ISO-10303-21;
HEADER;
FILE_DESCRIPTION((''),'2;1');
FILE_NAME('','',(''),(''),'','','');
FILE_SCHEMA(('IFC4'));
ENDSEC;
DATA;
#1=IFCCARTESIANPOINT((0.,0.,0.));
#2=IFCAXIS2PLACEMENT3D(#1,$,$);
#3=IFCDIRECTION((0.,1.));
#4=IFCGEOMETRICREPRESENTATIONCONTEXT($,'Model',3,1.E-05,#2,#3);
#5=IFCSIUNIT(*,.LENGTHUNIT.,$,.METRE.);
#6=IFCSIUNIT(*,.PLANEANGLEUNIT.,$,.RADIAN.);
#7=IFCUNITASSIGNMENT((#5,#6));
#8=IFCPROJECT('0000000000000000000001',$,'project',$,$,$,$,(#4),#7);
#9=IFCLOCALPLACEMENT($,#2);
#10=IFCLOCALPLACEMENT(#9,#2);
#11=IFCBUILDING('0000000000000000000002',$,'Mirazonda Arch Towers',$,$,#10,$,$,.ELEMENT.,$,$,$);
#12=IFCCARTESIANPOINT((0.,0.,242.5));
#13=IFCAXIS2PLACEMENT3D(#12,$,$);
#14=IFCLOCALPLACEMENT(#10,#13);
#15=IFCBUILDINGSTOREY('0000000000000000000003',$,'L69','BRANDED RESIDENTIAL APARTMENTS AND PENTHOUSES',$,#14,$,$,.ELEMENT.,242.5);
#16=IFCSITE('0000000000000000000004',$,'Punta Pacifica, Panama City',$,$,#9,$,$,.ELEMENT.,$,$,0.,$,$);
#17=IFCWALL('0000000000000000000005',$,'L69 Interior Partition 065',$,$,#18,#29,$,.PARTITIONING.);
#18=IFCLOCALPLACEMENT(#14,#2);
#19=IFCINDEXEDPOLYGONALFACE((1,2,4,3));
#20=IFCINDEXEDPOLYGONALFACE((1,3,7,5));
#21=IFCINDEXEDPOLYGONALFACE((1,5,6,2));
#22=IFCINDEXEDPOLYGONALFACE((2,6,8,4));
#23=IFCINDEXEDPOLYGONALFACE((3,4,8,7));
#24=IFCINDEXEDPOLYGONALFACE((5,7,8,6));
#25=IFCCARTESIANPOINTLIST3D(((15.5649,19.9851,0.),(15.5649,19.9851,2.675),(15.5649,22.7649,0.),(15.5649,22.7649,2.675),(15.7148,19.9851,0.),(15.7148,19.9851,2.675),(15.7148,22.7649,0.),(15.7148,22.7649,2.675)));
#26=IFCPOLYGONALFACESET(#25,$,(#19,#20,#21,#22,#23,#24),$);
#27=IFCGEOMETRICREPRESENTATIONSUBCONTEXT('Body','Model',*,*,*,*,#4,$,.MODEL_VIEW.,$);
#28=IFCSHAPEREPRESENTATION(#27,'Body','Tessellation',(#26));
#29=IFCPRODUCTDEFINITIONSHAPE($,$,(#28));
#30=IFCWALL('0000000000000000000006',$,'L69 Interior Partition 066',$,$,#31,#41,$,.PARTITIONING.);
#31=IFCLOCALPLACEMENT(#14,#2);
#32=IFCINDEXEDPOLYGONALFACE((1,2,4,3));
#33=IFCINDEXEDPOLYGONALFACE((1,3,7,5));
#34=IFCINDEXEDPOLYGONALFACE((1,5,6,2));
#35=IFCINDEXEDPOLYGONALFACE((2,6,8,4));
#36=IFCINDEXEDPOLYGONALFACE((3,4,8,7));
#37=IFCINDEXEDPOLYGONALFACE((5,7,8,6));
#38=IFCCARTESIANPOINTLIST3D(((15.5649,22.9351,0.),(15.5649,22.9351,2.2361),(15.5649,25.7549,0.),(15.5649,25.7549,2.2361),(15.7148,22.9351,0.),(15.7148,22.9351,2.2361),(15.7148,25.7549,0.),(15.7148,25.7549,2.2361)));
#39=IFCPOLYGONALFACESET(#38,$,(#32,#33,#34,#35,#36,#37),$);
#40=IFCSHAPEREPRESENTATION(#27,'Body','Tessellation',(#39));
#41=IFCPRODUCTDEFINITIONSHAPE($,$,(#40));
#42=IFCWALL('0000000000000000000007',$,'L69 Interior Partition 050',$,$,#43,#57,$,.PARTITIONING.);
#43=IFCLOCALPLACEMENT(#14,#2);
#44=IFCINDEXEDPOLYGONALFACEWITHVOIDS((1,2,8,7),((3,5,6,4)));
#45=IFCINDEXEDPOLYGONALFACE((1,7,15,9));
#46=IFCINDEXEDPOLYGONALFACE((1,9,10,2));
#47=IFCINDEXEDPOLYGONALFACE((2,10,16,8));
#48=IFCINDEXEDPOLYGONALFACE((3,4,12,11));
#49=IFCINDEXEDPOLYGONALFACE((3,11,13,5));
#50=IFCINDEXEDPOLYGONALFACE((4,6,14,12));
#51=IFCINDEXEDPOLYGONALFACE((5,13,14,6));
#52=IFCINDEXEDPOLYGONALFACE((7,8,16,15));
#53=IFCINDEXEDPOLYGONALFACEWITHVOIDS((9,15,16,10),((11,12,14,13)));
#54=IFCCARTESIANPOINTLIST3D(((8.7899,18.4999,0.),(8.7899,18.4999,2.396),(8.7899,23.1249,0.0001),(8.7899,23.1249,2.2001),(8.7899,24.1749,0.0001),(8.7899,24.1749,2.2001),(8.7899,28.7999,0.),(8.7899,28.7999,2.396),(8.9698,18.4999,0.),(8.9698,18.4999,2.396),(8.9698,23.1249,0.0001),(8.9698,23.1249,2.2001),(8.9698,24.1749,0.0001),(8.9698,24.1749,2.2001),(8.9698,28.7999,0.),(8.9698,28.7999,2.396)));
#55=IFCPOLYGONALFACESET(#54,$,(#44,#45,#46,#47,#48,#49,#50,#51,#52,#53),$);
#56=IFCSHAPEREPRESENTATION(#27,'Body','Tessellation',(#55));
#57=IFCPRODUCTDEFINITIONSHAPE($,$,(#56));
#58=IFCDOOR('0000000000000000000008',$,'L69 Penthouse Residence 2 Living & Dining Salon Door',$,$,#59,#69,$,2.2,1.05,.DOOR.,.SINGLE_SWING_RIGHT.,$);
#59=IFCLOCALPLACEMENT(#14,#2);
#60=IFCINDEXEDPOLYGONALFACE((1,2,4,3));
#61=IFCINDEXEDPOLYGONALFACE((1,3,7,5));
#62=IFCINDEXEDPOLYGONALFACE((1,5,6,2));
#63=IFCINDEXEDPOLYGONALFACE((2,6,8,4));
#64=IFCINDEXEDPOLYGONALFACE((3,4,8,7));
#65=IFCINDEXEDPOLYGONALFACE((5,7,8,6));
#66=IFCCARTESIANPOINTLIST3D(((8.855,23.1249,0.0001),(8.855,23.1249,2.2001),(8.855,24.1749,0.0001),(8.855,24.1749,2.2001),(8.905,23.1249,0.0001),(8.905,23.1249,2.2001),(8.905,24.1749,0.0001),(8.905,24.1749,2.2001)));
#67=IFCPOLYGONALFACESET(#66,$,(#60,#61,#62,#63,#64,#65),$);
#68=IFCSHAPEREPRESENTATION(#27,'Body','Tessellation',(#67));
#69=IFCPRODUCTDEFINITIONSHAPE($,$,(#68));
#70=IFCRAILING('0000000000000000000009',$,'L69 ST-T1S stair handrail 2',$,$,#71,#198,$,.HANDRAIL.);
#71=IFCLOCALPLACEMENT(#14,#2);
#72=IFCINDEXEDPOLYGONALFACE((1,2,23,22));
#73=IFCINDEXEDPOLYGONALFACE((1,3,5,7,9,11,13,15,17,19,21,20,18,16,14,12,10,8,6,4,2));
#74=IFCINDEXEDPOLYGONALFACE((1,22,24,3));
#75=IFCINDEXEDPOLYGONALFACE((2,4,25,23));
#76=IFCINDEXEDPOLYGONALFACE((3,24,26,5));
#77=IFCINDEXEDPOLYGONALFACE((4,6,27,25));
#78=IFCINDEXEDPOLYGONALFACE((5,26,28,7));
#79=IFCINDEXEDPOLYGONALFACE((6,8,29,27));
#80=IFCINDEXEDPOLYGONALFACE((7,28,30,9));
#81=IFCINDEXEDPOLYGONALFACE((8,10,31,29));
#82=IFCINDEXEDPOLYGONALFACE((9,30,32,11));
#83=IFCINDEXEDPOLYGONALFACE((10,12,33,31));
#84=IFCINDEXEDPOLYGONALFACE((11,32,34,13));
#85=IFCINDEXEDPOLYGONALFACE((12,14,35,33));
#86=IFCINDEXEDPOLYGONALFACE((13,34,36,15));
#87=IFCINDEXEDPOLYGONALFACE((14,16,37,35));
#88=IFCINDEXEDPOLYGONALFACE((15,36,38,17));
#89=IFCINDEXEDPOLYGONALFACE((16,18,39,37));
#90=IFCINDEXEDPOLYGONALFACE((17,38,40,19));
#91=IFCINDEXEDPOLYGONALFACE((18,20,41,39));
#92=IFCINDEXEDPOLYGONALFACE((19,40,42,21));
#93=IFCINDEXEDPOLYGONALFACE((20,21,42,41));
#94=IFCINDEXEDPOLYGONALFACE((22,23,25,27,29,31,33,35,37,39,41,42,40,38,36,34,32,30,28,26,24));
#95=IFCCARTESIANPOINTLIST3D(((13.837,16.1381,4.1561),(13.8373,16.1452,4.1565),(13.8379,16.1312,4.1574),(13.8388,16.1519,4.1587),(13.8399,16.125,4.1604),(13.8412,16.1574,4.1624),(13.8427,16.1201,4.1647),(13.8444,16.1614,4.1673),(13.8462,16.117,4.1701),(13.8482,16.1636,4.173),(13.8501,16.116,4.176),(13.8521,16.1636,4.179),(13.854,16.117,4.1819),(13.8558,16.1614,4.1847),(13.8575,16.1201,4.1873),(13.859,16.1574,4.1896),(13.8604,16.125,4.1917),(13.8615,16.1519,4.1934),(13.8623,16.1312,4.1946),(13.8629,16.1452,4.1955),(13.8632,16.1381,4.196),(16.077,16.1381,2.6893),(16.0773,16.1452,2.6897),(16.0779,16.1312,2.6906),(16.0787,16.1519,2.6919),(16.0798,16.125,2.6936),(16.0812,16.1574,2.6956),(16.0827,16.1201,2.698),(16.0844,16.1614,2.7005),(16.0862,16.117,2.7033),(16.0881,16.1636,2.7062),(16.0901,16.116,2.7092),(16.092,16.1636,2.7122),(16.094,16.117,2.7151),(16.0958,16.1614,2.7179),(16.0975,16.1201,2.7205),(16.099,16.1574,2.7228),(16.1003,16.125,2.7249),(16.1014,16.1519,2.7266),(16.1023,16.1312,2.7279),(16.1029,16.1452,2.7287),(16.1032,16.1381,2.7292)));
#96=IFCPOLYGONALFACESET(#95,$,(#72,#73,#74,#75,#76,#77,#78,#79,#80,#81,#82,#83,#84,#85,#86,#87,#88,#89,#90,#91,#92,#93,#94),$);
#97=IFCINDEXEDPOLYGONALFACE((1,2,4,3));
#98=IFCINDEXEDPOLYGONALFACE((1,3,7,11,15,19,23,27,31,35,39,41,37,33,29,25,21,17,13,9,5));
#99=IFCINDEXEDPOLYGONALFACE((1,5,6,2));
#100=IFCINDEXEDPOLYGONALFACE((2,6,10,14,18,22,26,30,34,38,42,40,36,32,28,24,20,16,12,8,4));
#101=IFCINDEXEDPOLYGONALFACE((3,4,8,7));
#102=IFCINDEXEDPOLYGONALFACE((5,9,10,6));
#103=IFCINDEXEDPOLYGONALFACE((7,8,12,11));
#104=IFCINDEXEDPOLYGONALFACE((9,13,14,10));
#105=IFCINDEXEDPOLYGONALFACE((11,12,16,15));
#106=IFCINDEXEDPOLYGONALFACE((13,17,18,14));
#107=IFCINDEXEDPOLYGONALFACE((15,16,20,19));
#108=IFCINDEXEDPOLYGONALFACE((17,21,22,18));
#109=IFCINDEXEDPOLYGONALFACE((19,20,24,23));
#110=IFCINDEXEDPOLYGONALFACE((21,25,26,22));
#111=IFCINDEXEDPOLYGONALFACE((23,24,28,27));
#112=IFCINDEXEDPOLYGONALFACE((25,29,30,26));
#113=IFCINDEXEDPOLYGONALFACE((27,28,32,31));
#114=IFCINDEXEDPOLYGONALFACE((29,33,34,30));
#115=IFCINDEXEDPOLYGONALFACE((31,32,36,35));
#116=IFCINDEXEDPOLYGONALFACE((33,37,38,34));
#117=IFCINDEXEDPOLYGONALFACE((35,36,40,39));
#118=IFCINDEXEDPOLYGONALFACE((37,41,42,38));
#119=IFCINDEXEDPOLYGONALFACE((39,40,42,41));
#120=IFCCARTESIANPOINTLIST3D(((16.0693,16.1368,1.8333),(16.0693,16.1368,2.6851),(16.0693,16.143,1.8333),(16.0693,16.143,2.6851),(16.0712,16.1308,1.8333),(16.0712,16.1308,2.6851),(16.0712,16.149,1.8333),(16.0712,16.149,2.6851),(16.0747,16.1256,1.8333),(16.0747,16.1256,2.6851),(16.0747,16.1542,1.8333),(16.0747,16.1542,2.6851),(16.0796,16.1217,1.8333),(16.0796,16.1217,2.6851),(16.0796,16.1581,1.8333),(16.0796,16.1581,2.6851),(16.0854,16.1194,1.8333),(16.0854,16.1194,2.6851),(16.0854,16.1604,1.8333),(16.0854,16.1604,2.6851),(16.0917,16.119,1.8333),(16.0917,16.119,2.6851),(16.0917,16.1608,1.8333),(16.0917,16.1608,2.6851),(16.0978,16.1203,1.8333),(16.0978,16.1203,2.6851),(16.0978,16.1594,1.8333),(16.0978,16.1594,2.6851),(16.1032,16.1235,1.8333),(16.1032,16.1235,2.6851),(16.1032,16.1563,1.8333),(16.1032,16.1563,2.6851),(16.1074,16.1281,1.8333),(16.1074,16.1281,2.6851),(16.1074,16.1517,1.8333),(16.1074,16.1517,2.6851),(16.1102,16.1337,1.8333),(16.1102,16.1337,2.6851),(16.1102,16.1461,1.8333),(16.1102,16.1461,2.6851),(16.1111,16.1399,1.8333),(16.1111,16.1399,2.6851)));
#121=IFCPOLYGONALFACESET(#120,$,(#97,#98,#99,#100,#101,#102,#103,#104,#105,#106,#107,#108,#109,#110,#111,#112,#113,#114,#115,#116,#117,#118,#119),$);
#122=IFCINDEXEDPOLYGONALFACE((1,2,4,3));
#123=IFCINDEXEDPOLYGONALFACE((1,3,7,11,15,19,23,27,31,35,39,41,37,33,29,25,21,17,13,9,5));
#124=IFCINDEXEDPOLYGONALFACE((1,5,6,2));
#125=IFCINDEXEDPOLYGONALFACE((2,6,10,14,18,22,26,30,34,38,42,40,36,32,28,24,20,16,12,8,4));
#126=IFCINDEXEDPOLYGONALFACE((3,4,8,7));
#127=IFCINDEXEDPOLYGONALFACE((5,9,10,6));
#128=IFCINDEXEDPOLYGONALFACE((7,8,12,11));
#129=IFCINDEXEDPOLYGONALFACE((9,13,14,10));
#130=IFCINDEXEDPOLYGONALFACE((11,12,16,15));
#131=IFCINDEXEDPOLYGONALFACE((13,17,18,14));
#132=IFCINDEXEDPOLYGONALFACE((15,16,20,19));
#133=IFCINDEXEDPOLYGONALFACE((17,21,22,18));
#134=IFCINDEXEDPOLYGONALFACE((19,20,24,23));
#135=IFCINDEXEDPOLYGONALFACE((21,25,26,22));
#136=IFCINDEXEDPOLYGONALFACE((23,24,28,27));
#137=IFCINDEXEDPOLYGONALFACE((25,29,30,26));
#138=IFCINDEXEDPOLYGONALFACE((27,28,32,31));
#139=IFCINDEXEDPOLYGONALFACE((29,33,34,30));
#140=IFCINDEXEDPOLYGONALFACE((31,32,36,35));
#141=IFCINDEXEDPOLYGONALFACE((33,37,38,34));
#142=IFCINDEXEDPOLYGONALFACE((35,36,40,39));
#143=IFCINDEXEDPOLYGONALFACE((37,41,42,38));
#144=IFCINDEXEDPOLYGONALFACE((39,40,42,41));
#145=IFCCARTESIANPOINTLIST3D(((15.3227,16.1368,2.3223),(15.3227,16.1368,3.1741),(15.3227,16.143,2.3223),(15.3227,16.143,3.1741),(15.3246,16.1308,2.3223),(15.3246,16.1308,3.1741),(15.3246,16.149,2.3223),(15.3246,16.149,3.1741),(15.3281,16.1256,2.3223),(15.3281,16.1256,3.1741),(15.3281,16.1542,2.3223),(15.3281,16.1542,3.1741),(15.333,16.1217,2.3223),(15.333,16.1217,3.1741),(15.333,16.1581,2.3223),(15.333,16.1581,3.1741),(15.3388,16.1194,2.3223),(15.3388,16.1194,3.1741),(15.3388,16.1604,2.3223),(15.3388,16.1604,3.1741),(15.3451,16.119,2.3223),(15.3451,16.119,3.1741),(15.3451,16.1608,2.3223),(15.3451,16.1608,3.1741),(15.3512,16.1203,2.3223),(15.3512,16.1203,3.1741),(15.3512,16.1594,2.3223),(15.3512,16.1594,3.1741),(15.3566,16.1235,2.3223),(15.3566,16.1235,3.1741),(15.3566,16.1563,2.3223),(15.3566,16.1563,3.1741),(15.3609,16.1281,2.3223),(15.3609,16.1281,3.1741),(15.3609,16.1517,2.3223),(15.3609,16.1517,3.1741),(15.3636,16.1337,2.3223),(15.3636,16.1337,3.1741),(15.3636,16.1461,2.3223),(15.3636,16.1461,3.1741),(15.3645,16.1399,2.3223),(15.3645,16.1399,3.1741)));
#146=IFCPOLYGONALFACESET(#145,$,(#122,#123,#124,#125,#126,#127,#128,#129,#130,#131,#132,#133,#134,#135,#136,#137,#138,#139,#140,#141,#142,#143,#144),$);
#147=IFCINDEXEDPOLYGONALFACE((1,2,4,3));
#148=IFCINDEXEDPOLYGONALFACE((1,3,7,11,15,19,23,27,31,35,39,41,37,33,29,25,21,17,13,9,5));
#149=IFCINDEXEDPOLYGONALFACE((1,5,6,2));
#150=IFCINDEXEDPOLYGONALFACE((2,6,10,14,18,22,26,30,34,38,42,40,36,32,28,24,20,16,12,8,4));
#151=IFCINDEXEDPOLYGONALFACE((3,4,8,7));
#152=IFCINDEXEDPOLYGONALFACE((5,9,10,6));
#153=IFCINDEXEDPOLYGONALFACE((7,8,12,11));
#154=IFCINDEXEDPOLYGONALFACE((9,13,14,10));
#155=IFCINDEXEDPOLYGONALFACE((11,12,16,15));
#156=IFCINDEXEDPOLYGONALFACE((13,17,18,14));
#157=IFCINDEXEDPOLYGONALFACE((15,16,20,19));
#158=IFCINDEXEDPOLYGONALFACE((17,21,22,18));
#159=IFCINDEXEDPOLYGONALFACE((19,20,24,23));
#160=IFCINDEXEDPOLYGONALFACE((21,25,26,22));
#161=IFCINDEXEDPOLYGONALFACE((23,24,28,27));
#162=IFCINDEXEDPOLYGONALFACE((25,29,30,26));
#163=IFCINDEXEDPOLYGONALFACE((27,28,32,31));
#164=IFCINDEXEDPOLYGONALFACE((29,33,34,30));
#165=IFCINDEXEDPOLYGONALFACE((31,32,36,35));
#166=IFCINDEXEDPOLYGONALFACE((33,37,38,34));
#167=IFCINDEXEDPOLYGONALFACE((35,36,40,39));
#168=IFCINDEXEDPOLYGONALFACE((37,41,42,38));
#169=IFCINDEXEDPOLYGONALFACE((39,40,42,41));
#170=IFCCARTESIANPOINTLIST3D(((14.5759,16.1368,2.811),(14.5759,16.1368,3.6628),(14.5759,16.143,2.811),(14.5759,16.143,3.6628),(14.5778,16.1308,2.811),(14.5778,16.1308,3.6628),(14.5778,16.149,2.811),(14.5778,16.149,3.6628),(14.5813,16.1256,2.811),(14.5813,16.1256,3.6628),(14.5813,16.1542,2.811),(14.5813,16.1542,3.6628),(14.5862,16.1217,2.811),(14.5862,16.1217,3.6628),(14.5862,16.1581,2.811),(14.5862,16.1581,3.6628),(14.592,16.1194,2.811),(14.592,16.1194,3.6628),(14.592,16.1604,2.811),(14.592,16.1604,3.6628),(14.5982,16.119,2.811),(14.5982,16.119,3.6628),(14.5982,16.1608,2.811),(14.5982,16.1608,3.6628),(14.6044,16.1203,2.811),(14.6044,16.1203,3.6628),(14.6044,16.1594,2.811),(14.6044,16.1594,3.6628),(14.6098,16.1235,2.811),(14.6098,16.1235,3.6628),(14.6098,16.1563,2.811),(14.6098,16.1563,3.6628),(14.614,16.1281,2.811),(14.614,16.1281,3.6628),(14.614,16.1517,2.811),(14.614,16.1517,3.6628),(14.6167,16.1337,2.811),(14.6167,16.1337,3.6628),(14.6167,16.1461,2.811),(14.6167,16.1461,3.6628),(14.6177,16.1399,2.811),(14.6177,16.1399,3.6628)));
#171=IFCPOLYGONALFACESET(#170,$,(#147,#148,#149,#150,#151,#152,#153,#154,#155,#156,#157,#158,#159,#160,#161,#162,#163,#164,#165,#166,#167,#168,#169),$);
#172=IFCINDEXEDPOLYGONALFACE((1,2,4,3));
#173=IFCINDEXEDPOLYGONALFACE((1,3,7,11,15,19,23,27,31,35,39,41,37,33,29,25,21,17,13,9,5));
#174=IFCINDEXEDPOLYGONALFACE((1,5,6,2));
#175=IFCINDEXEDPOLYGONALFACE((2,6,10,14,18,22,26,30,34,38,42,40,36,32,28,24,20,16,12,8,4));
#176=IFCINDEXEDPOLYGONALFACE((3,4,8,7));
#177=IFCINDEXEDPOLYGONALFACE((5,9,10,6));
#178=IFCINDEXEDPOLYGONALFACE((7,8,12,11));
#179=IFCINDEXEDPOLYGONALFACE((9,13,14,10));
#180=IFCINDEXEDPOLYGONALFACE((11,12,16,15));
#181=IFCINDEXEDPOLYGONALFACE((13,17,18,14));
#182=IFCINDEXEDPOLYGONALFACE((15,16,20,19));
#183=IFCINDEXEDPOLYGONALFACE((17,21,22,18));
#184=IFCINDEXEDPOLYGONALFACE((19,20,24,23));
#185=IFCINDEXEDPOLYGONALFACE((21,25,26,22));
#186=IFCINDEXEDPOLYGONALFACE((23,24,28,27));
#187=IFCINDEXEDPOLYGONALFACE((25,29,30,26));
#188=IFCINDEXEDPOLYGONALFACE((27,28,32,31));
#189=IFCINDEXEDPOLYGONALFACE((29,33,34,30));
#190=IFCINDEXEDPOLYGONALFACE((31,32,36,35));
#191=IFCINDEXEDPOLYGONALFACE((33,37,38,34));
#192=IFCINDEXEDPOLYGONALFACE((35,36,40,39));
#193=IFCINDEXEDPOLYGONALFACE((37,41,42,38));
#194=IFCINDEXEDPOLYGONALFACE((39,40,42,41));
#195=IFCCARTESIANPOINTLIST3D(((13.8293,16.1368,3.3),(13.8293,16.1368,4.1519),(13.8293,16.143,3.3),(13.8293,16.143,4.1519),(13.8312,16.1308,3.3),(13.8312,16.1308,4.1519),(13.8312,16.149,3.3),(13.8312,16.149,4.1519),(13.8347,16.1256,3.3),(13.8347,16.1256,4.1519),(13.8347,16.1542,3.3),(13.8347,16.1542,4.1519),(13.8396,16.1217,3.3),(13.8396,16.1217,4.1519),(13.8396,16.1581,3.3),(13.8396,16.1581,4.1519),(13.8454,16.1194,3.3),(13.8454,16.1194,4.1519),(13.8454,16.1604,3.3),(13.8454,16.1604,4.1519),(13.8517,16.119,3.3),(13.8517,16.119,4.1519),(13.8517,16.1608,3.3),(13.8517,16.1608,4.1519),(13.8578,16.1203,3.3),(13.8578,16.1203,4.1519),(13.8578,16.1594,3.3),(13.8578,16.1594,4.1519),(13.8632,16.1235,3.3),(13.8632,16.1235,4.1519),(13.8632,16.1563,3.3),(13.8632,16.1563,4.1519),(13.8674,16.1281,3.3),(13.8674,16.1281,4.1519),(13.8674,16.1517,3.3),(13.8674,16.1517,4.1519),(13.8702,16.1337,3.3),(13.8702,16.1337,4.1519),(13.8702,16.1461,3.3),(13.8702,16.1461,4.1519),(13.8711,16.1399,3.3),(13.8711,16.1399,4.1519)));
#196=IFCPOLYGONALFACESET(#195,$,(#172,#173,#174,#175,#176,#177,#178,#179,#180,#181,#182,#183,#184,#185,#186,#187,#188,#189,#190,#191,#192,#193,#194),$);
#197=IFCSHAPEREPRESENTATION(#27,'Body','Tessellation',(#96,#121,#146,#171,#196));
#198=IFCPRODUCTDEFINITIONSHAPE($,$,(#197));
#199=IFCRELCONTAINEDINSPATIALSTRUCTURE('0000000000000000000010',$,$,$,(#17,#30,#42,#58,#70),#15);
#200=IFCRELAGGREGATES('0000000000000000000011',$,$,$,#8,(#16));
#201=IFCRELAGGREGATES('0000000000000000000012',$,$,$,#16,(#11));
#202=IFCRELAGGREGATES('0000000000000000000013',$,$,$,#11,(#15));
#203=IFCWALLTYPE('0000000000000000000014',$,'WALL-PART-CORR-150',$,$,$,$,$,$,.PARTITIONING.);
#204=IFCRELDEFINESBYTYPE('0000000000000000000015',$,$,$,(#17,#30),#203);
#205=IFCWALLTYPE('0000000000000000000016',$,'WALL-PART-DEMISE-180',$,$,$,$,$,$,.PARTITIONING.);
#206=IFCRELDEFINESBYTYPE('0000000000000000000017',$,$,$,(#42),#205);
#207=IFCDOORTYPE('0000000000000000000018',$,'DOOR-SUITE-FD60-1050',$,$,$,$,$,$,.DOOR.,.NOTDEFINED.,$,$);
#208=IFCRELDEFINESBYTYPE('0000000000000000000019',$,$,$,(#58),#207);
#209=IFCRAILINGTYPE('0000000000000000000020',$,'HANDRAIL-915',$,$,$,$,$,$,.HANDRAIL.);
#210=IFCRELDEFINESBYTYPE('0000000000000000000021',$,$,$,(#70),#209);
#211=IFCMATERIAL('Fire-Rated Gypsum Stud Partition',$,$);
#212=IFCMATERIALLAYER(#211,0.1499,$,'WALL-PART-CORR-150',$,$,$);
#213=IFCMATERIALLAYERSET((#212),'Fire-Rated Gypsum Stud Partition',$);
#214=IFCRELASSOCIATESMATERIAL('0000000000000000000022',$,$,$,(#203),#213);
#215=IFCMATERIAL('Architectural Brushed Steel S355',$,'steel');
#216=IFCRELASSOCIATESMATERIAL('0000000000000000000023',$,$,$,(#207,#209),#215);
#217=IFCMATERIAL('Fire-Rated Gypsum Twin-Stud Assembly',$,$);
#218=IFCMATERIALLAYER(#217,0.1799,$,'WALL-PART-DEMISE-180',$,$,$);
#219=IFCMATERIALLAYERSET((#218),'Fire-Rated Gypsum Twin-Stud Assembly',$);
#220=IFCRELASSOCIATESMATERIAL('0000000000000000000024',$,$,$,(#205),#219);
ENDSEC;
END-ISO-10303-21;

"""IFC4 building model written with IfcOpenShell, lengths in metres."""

from ifc_helpers import new_model, si_unit, direction, frame, frame_2d, origin, origin_2d, place, context, subcontext, project, spatial, rectangle, circle, extrude, material, layer, layer_set, type_object, element, fill, save


model = new_model("IFC4")

# Units and contexts
model_context = context("Model", 3, precision=1e-05, world=origin(), true_north=direction((0.0, 1.0)))
body_context = subcontext(model_context, "Body", "Model", "MODEL_VIEW")
ifc_project = project(units=[si_unit("LENGTHUNIT", "METRE"), si_unit("PLANEANGLEUNIT", "RADIAN")], contexts=[model_context])

# Site, building, storey
site_placement = place(None, origin())
site = spatial("IfcSite", under=ifc_project, at=site_placement, Name="Punta Pacifica, Panama City", CompositionType="ELEMENT", RefElevation=0.0)
building_placement = place(site_placement, origin())
building = spatial("IfcBuilding", under=site, at=building_placement, Name="Mirazonda Arch Towers", CompositionType="ELEMENT")
storey_placement = place(building_placement, frame((0.0, 0.0, 242.5)))
storey = spatial("IfcBuildingStorey", under=building, at=storey_placement, Name="L69", Description="BRANDED RESIDENTIAL APARTMENTS AND PENTHOUSES", CompositionType="ELEMENT", Elevation=242.5)

# Shared definitions
ifc_material_1 = material(Name="Architectural Brushed Steel S355", Category="steel")

# Shared definitions
ifc_material_2 = material(Name="Fire-Rated Gypsum Stud Partition")
ifc_layer_1 = layer(ifc_material_2, 0.1499, Name="WALL-PART-CORR-150")
ifc_layer_set_1 = layer_set([ifc_layer_1], Name="Fire-Rated Gypsum Stud Partition")
wall_type_1 = type_object("IfcWallType", Name="WALL-PART-CORR-150", PredefinedType="PARTITIONING", material=ifc_layer_set_1)

# Shared definitions
door_type_1 = type_object("IfcDoorType", Name="DOOR-SUITE-FD60-1050", OperationType="NOTDEFINED", PredefinedType="DOOR", material=ifc_material_1)

# Walls
wall_1_placement = place(storey_placement, frame((15.6399, 19.9851, 0.0), z_axis=(0.0, 0.0, 1.0), x_axis=(0.0, 1.0, 0.0)))
element("IfcWall", 1, at=wall_1_placement, inside=storey, type_object=wall_type_1, Name="L69 Interior Partition 065", PredefinedType="PARTITIONING", context=body_context, shape_type="SweptSolid", body=[
    extrude(rectangle(XDim=2.7798, YDim=0.1499, at=frame_2d((1.3899, 0.0))), origin(), (0.0, 0.0, 1.0), 2.675),
])
wall_2_placement = place(storey_placement, frame((15.6399, 22.9351, 0.0), z_axis=(0.0, 0.0, 1.0), x_axis=(0.0, 1.0, 0.0)))
element("IfcWall", 2, at=wall_2_placement, inside=storey, type_object=wall_type_1, Name="L69 Interior Partition 066", PredefinedType="PARTITIONING", context=body_context, shape_type="SweptSolid", body=[
    extrude(rectangle(XDim=2.8198, YDim=0.1499, at=frame_2d((1.4099, 0.0))), origin(), (0.0, 0.0, 1.0), 2.2361),
])

# Wall, opening, door
ifc_material_3 = material(Name="Fire-Rated Gypsum Twin-Stud Assembly")
ifc_layer_2 = layer(ifc_material_3, 0.1799, Name="WALL-PART-DEMISE-180")
ifc_layer_set_2 = layer_set([ifc_layer_2], Name="Fire-Rated Gypsum Twin-Stud Assembly")
wall_type_2 = type_object("IfcWallType", Name="WALL-PART-DEMISE-180", PredefinedType="PARTITIONING", material=ifc_layer_set_2)
wall_3_placement = place(storey_placement, frame((8.8799, 18.5, 0.0), z_axis=(0.0, 0.0, 1.0), x_axis=(0.0, 1.0, 0.0)))
wall_3 = element("IfcWall", 3, at=wall_3_placement, inside=storey, type_object=wall_type_2, Name="L69 Interior Partition 050", PredefinedType="PARTITIONING", context=body_context, shape_type="SweptSolid", body=[
    extrude(rectangle(XDim=10.3, YDim=0.1799, at=frame_2d((5.1499, 0.0))), origin(), (0.0, 0.0, 1.0), 2.396),
])
opening_1_placement = place(wall_3_placement, frame((4.625, 0.0, 0.0)))
opening_1 = element("IfcOpeningElement", 4, at=opening_1_placement, cuts=wall_3, PredefinedType="OPENING", context=body_context, shape_type="SweptSolid", body=[
    extrude(rectangle(XDim=1.05, YDim=2.2, at=frame_2d((0.5249, 1.1001))), frame((0.0, 0.0999, 0.0), z_axis=(0.0, -1.0, 0.0), x_axis=(1.0, 0.0, 0.0)), (0.0, 0.0, 1.0), 0.2),
])
door_1_placement = place(opening_1_placement, origin())
door_1 = element("IfcDoor", 5, at=door_1_placement, inside=storey, type_object=door_type_1, Name="L69 Penthouse Residence 2 Living & Dining Salon Door", OperationType="SINGLE_SWING_RIGHT", OverallHeight=2.2, OverallWidth=1.05, PredefinedType="DOOR", context=body_context, shape_type="SweptSolid", body=[
    extrude(rectangle(XDim=1.05, YDim=2.2, at=frame_2d((0.5249, 1.1001))), frame((0.0, 0.0249, 0.0), z_axis=(0.0, -1.0, 0.0), x_axis=(1.0, 0.0, 0.0)), (0.0, 0.0, 1.0), 0.05),
])
fill(opening_1, door_1)

# Railing
railing_type = type_object("IfcRailingType", Name="HANDRAIL-915", PredefinedType="HANDRAIL", material=ifc_material_1)
railing_placement = place(storey_placement, frame((16.0901, 16.1399, 1.8333)))
element("IfcRailing", 6, at=railing_placement, inside=storey, type_object=railing_type, Name="L69 ST-T1S stair handrail 2", PredefinedType="HANDRAIL", context=body_context, shape_type="SweptSolid", body=[
    extrude(circle(Radius=0.0239, at=origin_2d()), frame((0.0, 0.0, 0.876), z_axis=(-0.836595, 0.0, 0.547822), x_axis=(0.0, -1.0, 0.0)), (0.0, 0.0, 1.0), 2.6775),
    extrude(circle(Radius=0.021, at=origin_2d()), origin(), (0.0, 0.0, 1.0), 0.8518),
    extrude(circle(Radius=0.021, at=origin_2d()), frame((-0.7466, 0.0, 0.489)), (0.0, 0.0, 1.0), 0.8518),
    extrude(circle(Radius=0.021, at=origin_2d()), frame((-1.4934, 0.0, 0.9778)), (0.0, 0.0, 1.0), 0.8518),
    extrude(circle(Radius=0.021, at=origin_2d()), frame((-2.24, 0.0, 1.4668)), (0.0, 0.0, 1.0), 0.8518),
])

save(model, "model.ifc")
